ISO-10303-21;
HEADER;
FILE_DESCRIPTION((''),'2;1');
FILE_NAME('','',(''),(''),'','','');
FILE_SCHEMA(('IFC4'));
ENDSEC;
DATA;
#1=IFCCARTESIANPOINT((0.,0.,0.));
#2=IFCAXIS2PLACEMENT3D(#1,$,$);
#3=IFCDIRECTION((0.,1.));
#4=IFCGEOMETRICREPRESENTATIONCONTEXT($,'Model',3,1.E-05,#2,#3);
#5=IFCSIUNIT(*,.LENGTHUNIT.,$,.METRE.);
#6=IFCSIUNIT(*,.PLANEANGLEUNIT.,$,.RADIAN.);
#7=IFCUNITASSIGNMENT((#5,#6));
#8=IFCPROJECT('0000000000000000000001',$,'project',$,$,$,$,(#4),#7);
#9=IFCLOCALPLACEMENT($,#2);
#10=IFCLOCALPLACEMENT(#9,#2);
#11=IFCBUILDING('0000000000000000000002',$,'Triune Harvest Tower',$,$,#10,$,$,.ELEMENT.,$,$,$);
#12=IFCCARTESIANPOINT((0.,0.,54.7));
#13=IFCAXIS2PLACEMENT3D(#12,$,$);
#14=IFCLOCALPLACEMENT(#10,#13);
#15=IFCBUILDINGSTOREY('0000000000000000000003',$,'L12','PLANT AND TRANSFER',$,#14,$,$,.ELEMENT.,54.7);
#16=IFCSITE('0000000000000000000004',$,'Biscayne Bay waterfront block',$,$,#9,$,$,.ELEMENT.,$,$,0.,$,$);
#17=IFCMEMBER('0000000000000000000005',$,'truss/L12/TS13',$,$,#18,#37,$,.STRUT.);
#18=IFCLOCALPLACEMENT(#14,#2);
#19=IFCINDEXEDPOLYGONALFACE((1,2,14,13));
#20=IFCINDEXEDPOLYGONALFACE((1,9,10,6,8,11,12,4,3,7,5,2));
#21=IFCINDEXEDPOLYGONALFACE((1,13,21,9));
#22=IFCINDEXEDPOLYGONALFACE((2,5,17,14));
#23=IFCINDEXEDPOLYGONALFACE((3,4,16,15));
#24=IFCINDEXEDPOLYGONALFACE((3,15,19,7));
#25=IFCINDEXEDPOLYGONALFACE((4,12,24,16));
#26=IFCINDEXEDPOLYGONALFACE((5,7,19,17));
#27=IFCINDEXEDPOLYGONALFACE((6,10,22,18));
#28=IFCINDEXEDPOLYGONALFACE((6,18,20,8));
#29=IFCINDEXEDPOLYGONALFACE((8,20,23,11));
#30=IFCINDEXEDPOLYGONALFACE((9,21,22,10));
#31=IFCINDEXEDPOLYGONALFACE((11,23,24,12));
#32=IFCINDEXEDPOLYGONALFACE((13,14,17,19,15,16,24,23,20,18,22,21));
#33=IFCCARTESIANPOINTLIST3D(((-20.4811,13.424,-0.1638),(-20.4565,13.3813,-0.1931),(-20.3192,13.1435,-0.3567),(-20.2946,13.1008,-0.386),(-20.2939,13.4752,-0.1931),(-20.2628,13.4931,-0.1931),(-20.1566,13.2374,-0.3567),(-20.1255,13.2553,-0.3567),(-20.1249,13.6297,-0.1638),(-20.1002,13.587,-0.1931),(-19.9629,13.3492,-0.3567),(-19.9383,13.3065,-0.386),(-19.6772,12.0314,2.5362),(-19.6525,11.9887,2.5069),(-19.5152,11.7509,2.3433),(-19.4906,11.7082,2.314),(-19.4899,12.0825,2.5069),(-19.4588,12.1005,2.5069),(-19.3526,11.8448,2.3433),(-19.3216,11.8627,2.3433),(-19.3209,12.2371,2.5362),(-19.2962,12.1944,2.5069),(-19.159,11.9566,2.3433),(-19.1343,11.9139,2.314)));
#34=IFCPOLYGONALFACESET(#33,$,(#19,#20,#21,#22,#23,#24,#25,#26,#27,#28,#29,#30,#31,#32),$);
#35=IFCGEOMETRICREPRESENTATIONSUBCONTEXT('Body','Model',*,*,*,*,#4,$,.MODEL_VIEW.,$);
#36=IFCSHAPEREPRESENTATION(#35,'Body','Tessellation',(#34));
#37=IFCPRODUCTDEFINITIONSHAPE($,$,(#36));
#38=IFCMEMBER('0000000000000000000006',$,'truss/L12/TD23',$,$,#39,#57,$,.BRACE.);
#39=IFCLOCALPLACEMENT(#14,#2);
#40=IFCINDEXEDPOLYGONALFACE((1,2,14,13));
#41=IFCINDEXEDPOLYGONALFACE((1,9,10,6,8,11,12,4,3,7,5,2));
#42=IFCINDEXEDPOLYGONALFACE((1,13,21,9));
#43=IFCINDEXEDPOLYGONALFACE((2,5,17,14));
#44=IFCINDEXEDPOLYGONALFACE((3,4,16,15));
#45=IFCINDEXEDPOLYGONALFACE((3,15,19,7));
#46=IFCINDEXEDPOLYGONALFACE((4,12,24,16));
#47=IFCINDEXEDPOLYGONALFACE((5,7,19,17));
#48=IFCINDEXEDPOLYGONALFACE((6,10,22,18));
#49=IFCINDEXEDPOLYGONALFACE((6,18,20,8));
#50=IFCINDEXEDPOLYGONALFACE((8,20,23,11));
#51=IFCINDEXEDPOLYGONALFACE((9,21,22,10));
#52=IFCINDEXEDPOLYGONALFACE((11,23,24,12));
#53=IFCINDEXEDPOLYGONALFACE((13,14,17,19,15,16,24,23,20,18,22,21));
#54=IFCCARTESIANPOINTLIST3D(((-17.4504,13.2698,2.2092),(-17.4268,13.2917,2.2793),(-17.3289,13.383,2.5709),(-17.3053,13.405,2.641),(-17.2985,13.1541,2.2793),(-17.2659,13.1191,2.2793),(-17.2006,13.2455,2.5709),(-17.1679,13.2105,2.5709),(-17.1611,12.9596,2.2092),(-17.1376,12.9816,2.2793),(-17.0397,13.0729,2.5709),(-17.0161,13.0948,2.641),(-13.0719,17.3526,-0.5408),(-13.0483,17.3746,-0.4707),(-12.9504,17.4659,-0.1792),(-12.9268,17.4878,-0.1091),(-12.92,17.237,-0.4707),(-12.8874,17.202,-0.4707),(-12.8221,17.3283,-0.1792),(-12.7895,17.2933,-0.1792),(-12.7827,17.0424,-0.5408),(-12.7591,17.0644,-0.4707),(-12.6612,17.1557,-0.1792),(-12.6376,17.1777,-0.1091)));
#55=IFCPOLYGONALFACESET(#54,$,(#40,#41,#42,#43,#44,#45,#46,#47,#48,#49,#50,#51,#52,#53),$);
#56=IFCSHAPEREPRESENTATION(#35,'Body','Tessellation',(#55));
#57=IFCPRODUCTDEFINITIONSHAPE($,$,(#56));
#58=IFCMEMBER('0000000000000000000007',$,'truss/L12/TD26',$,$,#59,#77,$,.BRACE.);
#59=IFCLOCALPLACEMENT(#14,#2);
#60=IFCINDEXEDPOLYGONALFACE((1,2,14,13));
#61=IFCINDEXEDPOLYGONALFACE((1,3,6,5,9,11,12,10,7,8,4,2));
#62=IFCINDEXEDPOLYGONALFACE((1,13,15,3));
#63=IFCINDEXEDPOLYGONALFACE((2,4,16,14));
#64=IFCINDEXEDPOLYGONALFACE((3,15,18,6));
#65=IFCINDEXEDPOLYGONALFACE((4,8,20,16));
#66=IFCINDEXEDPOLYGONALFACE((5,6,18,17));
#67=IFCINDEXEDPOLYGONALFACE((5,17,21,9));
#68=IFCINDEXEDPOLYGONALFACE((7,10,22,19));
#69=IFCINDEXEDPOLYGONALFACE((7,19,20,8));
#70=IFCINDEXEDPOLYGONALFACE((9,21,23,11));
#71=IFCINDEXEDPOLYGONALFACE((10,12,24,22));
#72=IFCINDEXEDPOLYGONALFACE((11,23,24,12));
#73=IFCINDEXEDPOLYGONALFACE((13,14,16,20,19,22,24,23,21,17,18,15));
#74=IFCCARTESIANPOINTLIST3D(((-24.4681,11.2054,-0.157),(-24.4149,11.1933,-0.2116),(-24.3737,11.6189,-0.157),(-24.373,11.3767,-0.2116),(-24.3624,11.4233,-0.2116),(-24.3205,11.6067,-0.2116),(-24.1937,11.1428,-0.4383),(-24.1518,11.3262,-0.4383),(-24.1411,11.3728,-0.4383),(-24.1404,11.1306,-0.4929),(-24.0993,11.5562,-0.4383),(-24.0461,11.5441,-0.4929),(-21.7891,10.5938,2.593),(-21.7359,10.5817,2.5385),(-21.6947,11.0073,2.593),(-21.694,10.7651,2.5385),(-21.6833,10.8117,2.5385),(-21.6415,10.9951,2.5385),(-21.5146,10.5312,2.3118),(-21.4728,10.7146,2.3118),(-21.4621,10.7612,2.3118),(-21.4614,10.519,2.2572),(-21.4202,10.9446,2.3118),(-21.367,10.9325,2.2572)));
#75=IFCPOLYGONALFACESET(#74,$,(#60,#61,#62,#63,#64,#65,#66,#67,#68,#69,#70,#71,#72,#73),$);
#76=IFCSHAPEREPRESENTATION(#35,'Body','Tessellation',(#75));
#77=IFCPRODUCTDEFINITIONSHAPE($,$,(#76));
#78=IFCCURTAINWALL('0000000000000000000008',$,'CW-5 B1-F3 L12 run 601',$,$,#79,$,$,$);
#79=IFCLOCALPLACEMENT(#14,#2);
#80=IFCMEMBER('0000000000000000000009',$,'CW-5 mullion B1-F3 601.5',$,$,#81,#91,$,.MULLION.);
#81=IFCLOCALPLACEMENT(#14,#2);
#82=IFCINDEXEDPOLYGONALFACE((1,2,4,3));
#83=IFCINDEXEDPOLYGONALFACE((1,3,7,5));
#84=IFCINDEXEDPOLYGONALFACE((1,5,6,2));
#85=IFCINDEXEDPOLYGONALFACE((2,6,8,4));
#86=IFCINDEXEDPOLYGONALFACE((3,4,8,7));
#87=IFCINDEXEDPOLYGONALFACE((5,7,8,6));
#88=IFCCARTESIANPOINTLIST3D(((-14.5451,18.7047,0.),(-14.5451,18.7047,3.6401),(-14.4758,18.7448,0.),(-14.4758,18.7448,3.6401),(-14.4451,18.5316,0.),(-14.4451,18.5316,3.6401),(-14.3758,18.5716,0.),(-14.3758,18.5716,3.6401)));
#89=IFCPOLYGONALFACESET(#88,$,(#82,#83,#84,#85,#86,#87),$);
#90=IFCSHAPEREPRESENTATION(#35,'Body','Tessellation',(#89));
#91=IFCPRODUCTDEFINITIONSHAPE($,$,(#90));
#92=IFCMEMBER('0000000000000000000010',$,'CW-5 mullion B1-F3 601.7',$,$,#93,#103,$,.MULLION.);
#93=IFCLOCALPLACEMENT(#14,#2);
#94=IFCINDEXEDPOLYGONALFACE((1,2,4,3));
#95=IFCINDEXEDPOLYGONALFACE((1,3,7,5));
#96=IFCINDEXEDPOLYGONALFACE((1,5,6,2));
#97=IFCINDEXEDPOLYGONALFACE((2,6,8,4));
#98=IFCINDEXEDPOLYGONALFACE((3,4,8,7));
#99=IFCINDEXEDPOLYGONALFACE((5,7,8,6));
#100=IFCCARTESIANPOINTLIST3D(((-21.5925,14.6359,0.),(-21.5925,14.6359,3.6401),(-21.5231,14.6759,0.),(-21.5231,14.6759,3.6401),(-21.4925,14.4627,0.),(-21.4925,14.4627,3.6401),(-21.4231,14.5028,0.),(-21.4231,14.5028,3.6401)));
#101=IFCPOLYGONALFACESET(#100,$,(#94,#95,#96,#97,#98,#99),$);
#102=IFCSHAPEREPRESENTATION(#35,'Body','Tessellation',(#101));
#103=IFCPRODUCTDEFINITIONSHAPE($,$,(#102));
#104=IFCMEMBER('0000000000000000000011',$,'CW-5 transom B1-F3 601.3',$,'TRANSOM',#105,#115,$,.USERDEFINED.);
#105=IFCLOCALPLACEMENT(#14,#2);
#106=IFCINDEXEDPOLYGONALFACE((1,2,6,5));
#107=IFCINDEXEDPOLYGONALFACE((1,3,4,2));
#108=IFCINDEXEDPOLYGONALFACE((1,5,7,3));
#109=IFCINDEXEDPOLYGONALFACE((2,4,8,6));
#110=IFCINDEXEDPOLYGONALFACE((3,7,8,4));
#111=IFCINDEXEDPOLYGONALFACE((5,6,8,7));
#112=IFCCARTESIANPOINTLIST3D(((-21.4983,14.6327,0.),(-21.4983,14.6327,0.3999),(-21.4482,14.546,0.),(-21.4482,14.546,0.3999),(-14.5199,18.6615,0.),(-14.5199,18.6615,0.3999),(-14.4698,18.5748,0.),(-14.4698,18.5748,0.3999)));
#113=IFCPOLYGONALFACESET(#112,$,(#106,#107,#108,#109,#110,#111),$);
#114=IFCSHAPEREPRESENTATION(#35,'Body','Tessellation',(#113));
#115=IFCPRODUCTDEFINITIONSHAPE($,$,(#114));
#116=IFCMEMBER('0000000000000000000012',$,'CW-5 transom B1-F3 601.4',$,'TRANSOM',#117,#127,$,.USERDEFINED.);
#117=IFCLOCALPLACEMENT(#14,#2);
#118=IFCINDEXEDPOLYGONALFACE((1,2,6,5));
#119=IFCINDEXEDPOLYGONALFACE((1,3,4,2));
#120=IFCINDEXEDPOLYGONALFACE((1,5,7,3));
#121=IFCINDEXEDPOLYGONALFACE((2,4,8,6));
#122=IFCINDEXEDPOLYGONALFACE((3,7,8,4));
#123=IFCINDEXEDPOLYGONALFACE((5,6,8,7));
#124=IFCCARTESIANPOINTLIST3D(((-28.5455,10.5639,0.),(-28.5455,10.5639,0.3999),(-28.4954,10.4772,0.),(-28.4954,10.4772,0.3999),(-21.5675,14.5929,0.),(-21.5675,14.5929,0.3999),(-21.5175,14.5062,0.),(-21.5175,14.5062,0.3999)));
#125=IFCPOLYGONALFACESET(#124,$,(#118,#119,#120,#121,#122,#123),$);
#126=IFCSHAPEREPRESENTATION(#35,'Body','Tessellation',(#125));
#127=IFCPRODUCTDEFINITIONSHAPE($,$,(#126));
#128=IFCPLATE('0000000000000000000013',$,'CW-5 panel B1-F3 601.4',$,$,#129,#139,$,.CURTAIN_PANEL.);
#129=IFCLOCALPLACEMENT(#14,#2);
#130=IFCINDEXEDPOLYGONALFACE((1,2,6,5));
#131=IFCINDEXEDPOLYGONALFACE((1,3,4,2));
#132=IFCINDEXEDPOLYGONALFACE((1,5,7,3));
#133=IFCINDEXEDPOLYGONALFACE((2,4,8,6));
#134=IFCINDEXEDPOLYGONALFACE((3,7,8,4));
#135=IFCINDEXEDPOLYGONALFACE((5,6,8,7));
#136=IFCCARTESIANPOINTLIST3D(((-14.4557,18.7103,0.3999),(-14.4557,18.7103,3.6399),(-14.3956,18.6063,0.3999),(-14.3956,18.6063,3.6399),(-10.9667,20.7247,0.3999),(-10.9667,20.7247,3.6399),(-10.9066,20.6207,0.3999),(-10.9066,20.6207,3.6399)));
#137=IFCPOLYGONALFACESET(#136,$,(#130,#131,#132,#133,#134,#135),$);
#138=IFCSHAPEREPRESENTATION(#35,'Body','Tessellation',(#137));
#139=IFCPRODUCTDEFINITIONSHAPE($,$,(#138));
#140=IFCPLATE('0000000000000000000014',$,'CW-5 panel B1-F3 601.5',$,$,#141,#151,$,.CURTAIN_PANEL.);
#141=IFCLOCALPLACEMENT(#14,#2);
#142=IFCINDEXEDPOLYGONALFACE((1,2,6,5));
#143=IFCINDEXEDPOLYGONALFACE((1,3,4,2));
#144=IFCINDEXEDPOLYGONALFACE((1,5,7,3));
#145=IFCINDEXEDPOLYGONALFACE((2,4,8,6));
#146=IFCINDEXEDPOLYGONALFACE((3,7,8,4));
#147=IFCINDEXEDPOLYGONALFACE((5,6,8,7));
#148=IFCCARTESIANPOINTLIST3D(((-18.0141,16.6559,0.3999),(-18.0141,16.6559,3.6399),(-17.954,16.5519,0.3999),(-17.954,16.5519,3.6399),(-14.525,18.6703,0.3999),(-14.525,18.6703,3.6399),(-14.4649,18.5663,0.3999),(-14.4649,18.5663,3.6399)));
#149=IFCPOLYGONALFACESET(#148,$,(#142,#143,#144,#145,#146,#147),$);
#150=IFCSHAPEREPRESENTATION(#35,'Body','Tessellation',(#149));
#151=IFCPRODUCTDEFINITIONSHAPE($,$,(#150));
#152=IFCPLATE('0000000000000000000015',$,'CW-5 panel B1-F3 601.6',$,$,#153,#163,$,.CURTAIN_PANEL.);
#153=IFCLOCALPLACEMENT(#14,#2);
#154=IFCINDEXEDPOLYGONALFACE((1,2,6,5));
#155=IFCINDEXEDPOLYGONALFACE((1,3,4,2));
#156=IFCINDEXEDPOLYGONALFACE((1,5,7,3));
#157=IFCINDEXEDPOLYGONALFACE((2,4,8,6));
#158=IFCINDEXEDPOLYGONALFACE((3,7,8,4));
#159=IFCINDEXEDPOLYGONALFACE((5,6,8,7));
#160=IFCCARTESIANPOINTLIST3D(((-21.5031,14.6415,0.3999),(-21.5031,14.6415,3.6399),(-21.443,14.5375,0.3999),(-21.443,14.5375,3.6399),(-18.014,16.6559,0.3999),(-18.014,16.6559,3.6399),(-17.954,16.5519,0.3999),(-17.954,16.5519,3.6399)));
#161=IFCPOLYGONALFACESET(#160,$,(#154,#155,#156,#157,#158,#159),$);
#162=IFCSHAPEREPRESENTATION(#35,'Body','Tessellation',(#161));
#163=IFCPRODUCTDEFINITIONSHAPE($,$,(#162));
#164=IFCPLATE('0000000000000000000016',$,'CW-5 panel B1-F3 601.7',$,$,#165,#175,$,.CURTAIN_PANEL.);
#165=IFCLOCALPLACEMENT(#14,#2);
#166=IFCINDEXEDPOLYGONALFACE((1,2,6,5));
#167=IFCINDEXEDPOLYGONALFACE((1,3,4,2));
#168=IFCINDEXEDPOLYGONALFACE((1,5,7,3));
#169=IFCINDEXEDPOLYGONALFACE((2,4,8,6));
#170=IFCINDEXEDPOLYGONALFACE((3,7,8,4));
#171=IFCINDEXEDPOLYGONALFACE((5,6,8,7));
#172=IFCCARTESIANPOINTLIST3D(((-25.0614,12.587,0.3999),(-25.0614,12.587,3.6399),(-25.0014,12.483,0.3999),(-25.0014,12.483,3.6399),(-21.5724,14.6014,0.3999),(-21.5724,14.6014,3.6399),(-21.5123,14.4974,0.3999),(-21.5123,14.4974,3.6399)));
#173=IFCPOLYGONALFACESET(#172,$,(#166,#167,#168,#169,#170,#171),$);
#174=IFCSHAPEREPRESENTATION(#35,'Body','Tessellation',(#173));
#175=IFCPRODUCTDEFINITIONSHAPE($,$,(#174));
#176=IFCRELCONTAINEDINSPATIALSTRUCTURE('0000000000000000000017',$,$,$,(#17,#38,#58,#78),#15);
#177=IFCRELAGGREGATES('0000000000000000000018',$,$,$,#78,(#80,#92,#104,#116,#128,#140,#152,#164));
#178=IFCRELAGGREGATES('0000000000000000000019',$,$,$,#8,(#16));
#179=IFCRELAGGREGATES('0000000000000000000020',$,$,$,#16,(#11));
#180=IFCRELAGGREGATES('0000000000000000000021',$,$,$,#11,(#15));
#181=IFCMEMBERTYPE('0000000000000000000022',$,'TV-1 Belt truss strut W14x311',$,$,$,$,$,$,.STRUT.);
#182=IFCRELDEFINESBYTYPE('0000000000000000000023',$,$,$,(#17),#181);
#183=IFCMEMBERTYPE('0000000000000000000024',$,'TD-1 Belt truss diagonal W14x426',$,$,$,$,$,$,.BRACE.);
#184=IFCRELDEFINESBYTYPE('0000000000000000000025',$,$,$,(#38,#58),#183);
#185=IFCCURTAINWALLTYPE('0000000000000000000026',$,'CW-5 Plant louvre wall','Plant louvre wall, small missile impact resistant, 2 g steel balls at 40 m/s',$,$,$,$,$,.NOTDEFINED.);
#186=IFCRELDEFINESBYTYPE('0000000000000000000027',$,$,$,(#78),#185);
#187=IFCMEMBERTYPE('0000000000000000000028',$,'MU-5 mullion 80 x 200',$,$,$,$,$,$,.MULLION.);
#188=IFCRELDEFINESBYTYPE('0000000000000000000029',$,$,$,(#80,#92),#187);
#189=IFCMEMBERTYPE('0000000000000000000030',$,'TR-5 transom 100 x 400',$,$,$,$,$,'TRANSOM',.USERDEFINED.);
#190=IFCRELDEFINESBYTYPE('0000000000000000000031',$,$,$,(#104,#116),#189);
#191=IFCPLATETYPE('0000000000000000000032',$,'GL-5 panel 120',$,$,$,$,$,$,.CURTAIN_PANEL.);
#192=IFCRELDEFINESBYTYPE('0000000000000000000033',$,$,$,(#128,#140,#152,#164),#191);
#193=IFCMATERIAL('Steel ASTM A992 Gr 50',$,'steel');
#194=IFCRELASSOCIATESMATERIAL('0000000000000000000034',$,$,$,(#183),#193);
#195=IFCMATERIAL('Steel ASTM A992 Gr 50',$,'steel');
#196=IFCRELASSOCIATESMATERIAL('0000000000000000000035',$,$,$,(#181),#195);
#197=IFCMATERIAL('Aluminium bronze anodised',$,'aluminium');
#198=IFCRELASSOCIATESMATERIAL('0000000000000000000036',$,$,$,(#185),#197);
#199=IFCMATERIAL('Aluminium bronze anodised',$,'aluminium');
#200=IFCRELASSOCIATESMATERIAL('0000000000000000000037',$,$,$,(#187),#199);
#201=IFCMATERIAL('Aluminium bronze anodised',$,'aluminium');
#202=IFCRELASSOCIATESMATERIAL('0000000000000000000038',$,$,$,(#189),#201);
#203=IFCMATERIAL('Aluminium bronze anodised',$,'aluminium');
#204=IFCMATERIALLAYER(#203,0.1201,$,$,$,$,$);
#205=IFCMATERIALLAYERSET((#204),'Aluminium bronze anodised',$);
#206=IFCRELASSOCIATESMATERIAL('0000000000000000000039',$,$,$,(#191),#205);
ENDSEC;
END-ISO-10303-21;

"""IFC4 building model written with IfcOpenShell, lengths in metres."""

from ifc_helpers import new_model, si_unit, direction, frame, origin, origin_2d, place, context, subcontext, project, spatial, rectangle, i_section, extrude, source, transform, mapped, material, layer, layer_set, material_profile, profile_set, type_object, element, aggregate, save


model = new_model("IFC4")

# Units and contexts
model_context = context("Model", 3, precision=1e-05, world=origin(), true_north=direction((0.0, 1.0)))
body_context = subcontext(model_context, "Body", "Model", "MODEL_VIEW")
ifc_project = project(units=[si_unit("LENGTHUNIT", "METRE"), si_unit("PLANEANGLEUNIT", "RADIAN")], contexts=[model_context])

# Site, building, storey
site_placement = place(None, origin())
site = spatial("IfcSite", under=ifc_project, at=site_placement, Name="Biscayne Bay waterfront block", CompositionType="ELEMENT", RefElevation=0.0)
building_placement = place(site_placement, origin())
building = spatial("IfcBuilding", under=site, at=building_placement, Name="Triune Harvest Tower", CompositionType="ELEMENT")
storey_placement = place(building_placement, frame((0.0, 0.0, 54.7)))
storey = spatial("IfcBuildingStorey", under=building, at=storey_placement, Name="L12", Description="PLANT AND TRANSFER", CompositionType="ELEMENT", Elevation=54.7)

# Shared definitions
ifc_material_1 = material(Name="Steel ASTM A992 Gr 50", Category="steel")
ifc_material_profile_1 = material_profile(ifc_material_1, i_section(OverallWidth=0.4241, OverallDepth=0.4751, WebThickness=0.0479, FlangeThickness=0.0771, at=origin_2d()), Name="W14x426")
ifc_profile_set_1 = profile_set([ifc_material_profile_1], Name="Steel ASTM A992 Gr 50")
member_type_1 = type_object("IfcMemberType", Name="TD-1 Belt truss diagonal W14x426", PredefinedType="BRACE", material=ifc_profile_set_1)

# Members
ifc_material_2 = material(Name="Steel ASTM A992 Gr 50", Category="steel")
ifc_material_profile_2 = material_profile(ifc_material_2, i_section(OverallWidth=0.4114, OverallDepth=0.4343, WebThickness=0.0359, FlangeThickness=0.0574, at=origin_2d()), Name="W14x311")
ifc_profile_set_2 = profile_set([ifc_material_profile_2], Name="Steel ASTM A992 Gr 50")
member_type_2 = type_object("IfcMemberType", Name="TV-1 Belt truss strut W14x311", PredefinedType="STRUT", material=ifc_profile_set_2)
shared_shape_1 = source(origin(), body_context, "Body", "SweptSolid", [
    extrude(i_section(OverallWidth=0.4114, OverallDepth=0.4343, WebThickness=0.0359, FlangeThickness=0.0574, at=origin_2d()), origin(), (0.0, 0.0, 1.0), 3.1426),
])
member_1_placement = place(storey_placement, frame((-20.2097, 13.3652, -0.2749), z_axis=(0.255832, -0.443142, 0.859171), x_axis=(0.866039, 0.499977, 0.0)))
element("IfcMember", 1, at=member_1_placement, inside=storey, type_object=member_type_2, Name="truss/L12/TS13", PredefinedType="STRUT", context=body_context, shape_type="MappedRepresentation", body=[
    mapped(shared_shape_1, transform((0.0, 0.0, 0.0), scale=1.0)),
])
shared_shape_2 = source(origin(), body_context, "Body", "SweptSolid", [
    extrude(i_section(OverallWidth=0.4241, OverallDepth=0.4751, WebThickness=0.0479, FlangeThickness=0.0771, at=origin_2d()), origin(), (0.0, 0.0, 1.0), 6.5881),
])
member_2_placement = place(storey_placement, frame((-12.8547, 17.2651, -0.325), z_axis=(-0.664603, -0.619725, 0.417424), x_axis=(0.681983, -0.731368, 0.0)))
element("IfcMember", 2, at=member_2_placement, inside=storey, type_object=member_type_1, Name="truss/L12/TD23", PredefinedType="BRACE", context=body_context, shape_type="MappedRepresentation", body=[
    mapped(shared_shape_2, transform((0.0, 0.0, 0.0), scale=1.0)),
])
shared_shape_3 = source(origin(), body_context, "Body", "SweptSolid", [
    extrude(i_section(OverallWidth=0.4241, OverallDepth=0.4751, WebThickness=0.0479, FlangeThickness=0.0771, at=origin_2d()), origin(), (0.0, 0.0, 1.0), 3.8877),
])
member_3_placement = place(storey_placement, frame((-24.2571, 11.3748, -0.325), z_axis=(0.689105, -0.157314, 0.70738), x_axis=(0.222562, 0.974919, 0.0)))
element("IfcMember", 3, at=member_3_placement, inside=storey, type_object=member_type_1, Name="truss/L12/TD26", PredefinedType="BRACE", context=body_context, shape_type="MappedRepresentation", body=[
    mapped(shared_shape_3, transform((0.0, 0.0, 0.0), scale=1.0)),
])

# Curtain wall, members, plates
ifc_material_3 = material(Name="Aluminium bronze anodised", Category="aluminium")
curtain_wall_type = type_object("IfcCurtainWallType", Name="CW-5 Plant louvre wall", Description="Plant louvre wall, small missile impact resistant, 2 g steel balls at 40 m/s", PredefinedType="NOTDEFINED", material=ifc_material_3)
curtain_wall_placement = place(storey_placement, origin())
curtain_wall = element("IfcCurtainWall", 4, at=curtain_wall_placement, inside=storey, type_object=curtain_wall_type, Name="CW-5 B1-F3 L12 run 601")
ifc_material_4 = material(Name="Aluminium bronze anodised", Category="aluminium")
ifc_material_profile_3 = material_profile(ifc_material_4, rectangle(XDim=0.2, YDim=0.0801, at=origin_2d()), Name="MU-5 mullion 80 x 200")
ifc_profile_set_3 = profile_set([ifc_material_profile_3], Name="Aluminium bronze anodised")
member_type_3 = type_object("IfcMemberType", Name="MU-5 mullion 80 x 200", PredefinedType="MULLION", material=ifc_profile_set_3)
shared_shape_4 = source(origin(), body_context, "Body", "SweptSolid", [
    extrude(rectangle(XDim=0.2, YDim=0.0801, at=origin_2d()), origin(), (0.0, 0.0, 1.0), 3.6401),
])
member_4_placement = place(storey_placement, frame((-14.4604, 18.6382, 0.0), z_axis=(0.0, 0.0, 1.0), x_axis=(0.499999, -0.866026, 0.0)))
member_4 = element("IfcMember", 5, at=member_4_placement, type_object=member_type_3, Name="CW-5 mullion B1-F3 601.5", PredefinedType="MULLION", context=body_context, shape_type="MappedRepresentation", body=[
    mapped(shared_shape_4, transform((0.0, 0.0, 0.0), scale=1.0)),
])
member_5_placement = place(storey_placement, frame((-21.5078, 14.5693, 0.0), z_axis=(0.0, 0.0, 1.0), x_axis=(0.499999, -0.866026, 0.0)))
member_5 = element("IfcMember", 6, at=member_5_placement, type_object=member_type_3, Name="CW-5 mullion B1-F3 601.7", PredefinedType="MULLION", context=body_context, shape_type="MappedRepresentation", body=[
    mapped(shared_shape_4, transform((0.0, 0.0, 0.0), scale=1.0)),
])
ifc_material_5 = material(Name="Aluminium bronze anodised", Category="aluminium")
ifc_material_profile_4 = material_profile(ifc_material_5, rectangle(XDim=0.1001, YDim=0.3999, at=origin_2d()), Name="TR-5 transom 100 x 400")
ifc_profile_set_4 = profile_set([ifc_material_profile_4], Name="Aluminium bronze anodised")
member_type_4 = type_object("IfcMemberType", Name="TR-5 transom 100 x 400", ElementType="TRANSOM", PredefinedType="USERDEFINED", material=ifc_profile_set_4)
shared_shape_5 = source(origin(), body_context, "Body", "SweptSolid", [
    extrude(rectangle(XDim=0.1001, YDim=0.3999, at=origin_2d()), origin(), (0.0, 0.0, 1.0), 8.0579),
])
member_6_placement = place(storey_placement, frame((-14.4949, 18.6182, 0.2), z_axis=(-0.866031, -0.499991, 0.0), x_axis=(0.499991, -0.866031, 0.0)))
member_6 = element("IfcMember", 7, at=member_6_placement, type_object=member_type_4, Name="CW-5 transom B1-F3 601.3", ObjectType="TRANSOM", PredefinedType="USERDEFINED", context=body_context, shape_type="MappedRepresentation", body=[
    mapped(shared_shape_5, transform((0.0, 0.0, 0.0), scale=1.0)),
])
shared_shape_6 = source(origin(), body_context, "Body", "SweptSolid", [
    extrude(rectangle(XDim=0.1001, YDim=0.3999, at=origin_2d()), origin(), (0.0, 0.0, 1.0), 8.0576),
])
member_7_placement = place(storey_placement, frame((-21.5425, 14.5496, 0.2), z_axis=(-0.86601, -0.500027, 0.0), x_axis=(0.500027, -0.86601, 0.0)))
member_7 = element("IfcMember", 8, at=member_7_placement, type_object=member_type_4, Name="CW-5 transom B1-F3 601.4", ObjectType="TRANSOM", PredefinedType="USERDEFINED", context=body_context, shape_type="MappedRepresentation", body=[
    mapped(shared_shape_6, transform((0.0, 0.0, 0.0), scale=1.0)),
])
ifc_material_6 = material(Name="Aluminium bronze anodised", Category="aluminium")
ifc_layer_1 = layer(ifc_material_6, 0.1201)
ifc_layer_set_1 = layer_set([ifc_layer_1], Name="Aluminium bronze anodised")
plate_type = type_object("IfcPlateType", Name="GL-5 panel 120", PredefinedType="CURTAIN_PANEL", material=ifc_layer_set_1)
shared_shape_7 = source(origin(), body_context, "Body", "SweptSolid", [
    extrude(rectangle(XDim=4.0288, YDim=0.1201, at=origin_2d()), origin(), (0.0, 0.0, 1.0), 3.24),
])
plate_1_placement = place(storey_placement, frame((-12.6812, 19.6655, 0.3999), z_axis=(0.0, 0.0, 1.0), x_axis=(-0.866026, -0.499999, 0.0)))
plate_1 = element("IfcPlate", 9, at=plate_1_placement, type_object=plate_type, Name="CW-5 panel B1-F3 601.4", PredefinedType="CURTAIN_PANEL", context=body_context, shape_type="MappedRepresentation", body=[
    mapped(shared_shape_7, transform((0.0, 0.0, 0.0), scale=1.0)),
])
plate_2_placement = place(storey_placement, frame((-16.2395, 17.6111, 0.3999), z_axis=(0.0, 0.0, 1.0), x_axis=(-0.866026, -0.499999, 0.0)))
plate_2 = element("IfcPlate", 10, at=plate_2_placement, type_object=plate_type, Name="CW-5 panel B1-F3 601.5", PredefinedType="CURTAIN_PANEL", context=body_context, shape_type="MappedRepresentation", body=[
    mapped(shared_shape_7, transform((0.0, 0.0, 0.0), scale=1.0)),
])
plate_3_placement = place(storey_placement, frame((-19.7285, 15.5967, 0.3999), z_axis=(0.0, 0.0, 1.0), x_axis=(-0.866026, -0.499999, 0.0)))
plate_3 = element("IfcPlate", 11, at=plate_3_placement, type_object=plate_type, Name="CW-5 panel B1-F3 601.6", PredefinedType="CURTAIN_PANEL", context=body_context, shape_type="MappedRepresentation", body=[
    mapped(shared_shape_7, transform((0.0, 0.0, 0.0), scale=1.0)),
])
plate_4_placement = place(storey_placement, frame((-23.2869, 13.5422, 0.3999), z_axis=(0.0, 0.0, 1.0), x_axis=(-0.866026, -0.499999, 0.0)))
plate_4 = element("IfcPlate", 12, at=plate_4_placement, type_object=plate_type, Name="CW-5 panel B1-F3 601.7", PredefinedType="CURTAIN_PANEL", context=body_context, shape_type="MappedRepresentation", body=[
    mapped(shared_shape_7, transform((0.0, 0.0, 0.0), scale=1.0)),
])
aggregate(curtain_wall, [member_4, member_5, member_6, member_7, plate_1, plate_2, plate_3, plate_4])

save(model, "model.ifc")
